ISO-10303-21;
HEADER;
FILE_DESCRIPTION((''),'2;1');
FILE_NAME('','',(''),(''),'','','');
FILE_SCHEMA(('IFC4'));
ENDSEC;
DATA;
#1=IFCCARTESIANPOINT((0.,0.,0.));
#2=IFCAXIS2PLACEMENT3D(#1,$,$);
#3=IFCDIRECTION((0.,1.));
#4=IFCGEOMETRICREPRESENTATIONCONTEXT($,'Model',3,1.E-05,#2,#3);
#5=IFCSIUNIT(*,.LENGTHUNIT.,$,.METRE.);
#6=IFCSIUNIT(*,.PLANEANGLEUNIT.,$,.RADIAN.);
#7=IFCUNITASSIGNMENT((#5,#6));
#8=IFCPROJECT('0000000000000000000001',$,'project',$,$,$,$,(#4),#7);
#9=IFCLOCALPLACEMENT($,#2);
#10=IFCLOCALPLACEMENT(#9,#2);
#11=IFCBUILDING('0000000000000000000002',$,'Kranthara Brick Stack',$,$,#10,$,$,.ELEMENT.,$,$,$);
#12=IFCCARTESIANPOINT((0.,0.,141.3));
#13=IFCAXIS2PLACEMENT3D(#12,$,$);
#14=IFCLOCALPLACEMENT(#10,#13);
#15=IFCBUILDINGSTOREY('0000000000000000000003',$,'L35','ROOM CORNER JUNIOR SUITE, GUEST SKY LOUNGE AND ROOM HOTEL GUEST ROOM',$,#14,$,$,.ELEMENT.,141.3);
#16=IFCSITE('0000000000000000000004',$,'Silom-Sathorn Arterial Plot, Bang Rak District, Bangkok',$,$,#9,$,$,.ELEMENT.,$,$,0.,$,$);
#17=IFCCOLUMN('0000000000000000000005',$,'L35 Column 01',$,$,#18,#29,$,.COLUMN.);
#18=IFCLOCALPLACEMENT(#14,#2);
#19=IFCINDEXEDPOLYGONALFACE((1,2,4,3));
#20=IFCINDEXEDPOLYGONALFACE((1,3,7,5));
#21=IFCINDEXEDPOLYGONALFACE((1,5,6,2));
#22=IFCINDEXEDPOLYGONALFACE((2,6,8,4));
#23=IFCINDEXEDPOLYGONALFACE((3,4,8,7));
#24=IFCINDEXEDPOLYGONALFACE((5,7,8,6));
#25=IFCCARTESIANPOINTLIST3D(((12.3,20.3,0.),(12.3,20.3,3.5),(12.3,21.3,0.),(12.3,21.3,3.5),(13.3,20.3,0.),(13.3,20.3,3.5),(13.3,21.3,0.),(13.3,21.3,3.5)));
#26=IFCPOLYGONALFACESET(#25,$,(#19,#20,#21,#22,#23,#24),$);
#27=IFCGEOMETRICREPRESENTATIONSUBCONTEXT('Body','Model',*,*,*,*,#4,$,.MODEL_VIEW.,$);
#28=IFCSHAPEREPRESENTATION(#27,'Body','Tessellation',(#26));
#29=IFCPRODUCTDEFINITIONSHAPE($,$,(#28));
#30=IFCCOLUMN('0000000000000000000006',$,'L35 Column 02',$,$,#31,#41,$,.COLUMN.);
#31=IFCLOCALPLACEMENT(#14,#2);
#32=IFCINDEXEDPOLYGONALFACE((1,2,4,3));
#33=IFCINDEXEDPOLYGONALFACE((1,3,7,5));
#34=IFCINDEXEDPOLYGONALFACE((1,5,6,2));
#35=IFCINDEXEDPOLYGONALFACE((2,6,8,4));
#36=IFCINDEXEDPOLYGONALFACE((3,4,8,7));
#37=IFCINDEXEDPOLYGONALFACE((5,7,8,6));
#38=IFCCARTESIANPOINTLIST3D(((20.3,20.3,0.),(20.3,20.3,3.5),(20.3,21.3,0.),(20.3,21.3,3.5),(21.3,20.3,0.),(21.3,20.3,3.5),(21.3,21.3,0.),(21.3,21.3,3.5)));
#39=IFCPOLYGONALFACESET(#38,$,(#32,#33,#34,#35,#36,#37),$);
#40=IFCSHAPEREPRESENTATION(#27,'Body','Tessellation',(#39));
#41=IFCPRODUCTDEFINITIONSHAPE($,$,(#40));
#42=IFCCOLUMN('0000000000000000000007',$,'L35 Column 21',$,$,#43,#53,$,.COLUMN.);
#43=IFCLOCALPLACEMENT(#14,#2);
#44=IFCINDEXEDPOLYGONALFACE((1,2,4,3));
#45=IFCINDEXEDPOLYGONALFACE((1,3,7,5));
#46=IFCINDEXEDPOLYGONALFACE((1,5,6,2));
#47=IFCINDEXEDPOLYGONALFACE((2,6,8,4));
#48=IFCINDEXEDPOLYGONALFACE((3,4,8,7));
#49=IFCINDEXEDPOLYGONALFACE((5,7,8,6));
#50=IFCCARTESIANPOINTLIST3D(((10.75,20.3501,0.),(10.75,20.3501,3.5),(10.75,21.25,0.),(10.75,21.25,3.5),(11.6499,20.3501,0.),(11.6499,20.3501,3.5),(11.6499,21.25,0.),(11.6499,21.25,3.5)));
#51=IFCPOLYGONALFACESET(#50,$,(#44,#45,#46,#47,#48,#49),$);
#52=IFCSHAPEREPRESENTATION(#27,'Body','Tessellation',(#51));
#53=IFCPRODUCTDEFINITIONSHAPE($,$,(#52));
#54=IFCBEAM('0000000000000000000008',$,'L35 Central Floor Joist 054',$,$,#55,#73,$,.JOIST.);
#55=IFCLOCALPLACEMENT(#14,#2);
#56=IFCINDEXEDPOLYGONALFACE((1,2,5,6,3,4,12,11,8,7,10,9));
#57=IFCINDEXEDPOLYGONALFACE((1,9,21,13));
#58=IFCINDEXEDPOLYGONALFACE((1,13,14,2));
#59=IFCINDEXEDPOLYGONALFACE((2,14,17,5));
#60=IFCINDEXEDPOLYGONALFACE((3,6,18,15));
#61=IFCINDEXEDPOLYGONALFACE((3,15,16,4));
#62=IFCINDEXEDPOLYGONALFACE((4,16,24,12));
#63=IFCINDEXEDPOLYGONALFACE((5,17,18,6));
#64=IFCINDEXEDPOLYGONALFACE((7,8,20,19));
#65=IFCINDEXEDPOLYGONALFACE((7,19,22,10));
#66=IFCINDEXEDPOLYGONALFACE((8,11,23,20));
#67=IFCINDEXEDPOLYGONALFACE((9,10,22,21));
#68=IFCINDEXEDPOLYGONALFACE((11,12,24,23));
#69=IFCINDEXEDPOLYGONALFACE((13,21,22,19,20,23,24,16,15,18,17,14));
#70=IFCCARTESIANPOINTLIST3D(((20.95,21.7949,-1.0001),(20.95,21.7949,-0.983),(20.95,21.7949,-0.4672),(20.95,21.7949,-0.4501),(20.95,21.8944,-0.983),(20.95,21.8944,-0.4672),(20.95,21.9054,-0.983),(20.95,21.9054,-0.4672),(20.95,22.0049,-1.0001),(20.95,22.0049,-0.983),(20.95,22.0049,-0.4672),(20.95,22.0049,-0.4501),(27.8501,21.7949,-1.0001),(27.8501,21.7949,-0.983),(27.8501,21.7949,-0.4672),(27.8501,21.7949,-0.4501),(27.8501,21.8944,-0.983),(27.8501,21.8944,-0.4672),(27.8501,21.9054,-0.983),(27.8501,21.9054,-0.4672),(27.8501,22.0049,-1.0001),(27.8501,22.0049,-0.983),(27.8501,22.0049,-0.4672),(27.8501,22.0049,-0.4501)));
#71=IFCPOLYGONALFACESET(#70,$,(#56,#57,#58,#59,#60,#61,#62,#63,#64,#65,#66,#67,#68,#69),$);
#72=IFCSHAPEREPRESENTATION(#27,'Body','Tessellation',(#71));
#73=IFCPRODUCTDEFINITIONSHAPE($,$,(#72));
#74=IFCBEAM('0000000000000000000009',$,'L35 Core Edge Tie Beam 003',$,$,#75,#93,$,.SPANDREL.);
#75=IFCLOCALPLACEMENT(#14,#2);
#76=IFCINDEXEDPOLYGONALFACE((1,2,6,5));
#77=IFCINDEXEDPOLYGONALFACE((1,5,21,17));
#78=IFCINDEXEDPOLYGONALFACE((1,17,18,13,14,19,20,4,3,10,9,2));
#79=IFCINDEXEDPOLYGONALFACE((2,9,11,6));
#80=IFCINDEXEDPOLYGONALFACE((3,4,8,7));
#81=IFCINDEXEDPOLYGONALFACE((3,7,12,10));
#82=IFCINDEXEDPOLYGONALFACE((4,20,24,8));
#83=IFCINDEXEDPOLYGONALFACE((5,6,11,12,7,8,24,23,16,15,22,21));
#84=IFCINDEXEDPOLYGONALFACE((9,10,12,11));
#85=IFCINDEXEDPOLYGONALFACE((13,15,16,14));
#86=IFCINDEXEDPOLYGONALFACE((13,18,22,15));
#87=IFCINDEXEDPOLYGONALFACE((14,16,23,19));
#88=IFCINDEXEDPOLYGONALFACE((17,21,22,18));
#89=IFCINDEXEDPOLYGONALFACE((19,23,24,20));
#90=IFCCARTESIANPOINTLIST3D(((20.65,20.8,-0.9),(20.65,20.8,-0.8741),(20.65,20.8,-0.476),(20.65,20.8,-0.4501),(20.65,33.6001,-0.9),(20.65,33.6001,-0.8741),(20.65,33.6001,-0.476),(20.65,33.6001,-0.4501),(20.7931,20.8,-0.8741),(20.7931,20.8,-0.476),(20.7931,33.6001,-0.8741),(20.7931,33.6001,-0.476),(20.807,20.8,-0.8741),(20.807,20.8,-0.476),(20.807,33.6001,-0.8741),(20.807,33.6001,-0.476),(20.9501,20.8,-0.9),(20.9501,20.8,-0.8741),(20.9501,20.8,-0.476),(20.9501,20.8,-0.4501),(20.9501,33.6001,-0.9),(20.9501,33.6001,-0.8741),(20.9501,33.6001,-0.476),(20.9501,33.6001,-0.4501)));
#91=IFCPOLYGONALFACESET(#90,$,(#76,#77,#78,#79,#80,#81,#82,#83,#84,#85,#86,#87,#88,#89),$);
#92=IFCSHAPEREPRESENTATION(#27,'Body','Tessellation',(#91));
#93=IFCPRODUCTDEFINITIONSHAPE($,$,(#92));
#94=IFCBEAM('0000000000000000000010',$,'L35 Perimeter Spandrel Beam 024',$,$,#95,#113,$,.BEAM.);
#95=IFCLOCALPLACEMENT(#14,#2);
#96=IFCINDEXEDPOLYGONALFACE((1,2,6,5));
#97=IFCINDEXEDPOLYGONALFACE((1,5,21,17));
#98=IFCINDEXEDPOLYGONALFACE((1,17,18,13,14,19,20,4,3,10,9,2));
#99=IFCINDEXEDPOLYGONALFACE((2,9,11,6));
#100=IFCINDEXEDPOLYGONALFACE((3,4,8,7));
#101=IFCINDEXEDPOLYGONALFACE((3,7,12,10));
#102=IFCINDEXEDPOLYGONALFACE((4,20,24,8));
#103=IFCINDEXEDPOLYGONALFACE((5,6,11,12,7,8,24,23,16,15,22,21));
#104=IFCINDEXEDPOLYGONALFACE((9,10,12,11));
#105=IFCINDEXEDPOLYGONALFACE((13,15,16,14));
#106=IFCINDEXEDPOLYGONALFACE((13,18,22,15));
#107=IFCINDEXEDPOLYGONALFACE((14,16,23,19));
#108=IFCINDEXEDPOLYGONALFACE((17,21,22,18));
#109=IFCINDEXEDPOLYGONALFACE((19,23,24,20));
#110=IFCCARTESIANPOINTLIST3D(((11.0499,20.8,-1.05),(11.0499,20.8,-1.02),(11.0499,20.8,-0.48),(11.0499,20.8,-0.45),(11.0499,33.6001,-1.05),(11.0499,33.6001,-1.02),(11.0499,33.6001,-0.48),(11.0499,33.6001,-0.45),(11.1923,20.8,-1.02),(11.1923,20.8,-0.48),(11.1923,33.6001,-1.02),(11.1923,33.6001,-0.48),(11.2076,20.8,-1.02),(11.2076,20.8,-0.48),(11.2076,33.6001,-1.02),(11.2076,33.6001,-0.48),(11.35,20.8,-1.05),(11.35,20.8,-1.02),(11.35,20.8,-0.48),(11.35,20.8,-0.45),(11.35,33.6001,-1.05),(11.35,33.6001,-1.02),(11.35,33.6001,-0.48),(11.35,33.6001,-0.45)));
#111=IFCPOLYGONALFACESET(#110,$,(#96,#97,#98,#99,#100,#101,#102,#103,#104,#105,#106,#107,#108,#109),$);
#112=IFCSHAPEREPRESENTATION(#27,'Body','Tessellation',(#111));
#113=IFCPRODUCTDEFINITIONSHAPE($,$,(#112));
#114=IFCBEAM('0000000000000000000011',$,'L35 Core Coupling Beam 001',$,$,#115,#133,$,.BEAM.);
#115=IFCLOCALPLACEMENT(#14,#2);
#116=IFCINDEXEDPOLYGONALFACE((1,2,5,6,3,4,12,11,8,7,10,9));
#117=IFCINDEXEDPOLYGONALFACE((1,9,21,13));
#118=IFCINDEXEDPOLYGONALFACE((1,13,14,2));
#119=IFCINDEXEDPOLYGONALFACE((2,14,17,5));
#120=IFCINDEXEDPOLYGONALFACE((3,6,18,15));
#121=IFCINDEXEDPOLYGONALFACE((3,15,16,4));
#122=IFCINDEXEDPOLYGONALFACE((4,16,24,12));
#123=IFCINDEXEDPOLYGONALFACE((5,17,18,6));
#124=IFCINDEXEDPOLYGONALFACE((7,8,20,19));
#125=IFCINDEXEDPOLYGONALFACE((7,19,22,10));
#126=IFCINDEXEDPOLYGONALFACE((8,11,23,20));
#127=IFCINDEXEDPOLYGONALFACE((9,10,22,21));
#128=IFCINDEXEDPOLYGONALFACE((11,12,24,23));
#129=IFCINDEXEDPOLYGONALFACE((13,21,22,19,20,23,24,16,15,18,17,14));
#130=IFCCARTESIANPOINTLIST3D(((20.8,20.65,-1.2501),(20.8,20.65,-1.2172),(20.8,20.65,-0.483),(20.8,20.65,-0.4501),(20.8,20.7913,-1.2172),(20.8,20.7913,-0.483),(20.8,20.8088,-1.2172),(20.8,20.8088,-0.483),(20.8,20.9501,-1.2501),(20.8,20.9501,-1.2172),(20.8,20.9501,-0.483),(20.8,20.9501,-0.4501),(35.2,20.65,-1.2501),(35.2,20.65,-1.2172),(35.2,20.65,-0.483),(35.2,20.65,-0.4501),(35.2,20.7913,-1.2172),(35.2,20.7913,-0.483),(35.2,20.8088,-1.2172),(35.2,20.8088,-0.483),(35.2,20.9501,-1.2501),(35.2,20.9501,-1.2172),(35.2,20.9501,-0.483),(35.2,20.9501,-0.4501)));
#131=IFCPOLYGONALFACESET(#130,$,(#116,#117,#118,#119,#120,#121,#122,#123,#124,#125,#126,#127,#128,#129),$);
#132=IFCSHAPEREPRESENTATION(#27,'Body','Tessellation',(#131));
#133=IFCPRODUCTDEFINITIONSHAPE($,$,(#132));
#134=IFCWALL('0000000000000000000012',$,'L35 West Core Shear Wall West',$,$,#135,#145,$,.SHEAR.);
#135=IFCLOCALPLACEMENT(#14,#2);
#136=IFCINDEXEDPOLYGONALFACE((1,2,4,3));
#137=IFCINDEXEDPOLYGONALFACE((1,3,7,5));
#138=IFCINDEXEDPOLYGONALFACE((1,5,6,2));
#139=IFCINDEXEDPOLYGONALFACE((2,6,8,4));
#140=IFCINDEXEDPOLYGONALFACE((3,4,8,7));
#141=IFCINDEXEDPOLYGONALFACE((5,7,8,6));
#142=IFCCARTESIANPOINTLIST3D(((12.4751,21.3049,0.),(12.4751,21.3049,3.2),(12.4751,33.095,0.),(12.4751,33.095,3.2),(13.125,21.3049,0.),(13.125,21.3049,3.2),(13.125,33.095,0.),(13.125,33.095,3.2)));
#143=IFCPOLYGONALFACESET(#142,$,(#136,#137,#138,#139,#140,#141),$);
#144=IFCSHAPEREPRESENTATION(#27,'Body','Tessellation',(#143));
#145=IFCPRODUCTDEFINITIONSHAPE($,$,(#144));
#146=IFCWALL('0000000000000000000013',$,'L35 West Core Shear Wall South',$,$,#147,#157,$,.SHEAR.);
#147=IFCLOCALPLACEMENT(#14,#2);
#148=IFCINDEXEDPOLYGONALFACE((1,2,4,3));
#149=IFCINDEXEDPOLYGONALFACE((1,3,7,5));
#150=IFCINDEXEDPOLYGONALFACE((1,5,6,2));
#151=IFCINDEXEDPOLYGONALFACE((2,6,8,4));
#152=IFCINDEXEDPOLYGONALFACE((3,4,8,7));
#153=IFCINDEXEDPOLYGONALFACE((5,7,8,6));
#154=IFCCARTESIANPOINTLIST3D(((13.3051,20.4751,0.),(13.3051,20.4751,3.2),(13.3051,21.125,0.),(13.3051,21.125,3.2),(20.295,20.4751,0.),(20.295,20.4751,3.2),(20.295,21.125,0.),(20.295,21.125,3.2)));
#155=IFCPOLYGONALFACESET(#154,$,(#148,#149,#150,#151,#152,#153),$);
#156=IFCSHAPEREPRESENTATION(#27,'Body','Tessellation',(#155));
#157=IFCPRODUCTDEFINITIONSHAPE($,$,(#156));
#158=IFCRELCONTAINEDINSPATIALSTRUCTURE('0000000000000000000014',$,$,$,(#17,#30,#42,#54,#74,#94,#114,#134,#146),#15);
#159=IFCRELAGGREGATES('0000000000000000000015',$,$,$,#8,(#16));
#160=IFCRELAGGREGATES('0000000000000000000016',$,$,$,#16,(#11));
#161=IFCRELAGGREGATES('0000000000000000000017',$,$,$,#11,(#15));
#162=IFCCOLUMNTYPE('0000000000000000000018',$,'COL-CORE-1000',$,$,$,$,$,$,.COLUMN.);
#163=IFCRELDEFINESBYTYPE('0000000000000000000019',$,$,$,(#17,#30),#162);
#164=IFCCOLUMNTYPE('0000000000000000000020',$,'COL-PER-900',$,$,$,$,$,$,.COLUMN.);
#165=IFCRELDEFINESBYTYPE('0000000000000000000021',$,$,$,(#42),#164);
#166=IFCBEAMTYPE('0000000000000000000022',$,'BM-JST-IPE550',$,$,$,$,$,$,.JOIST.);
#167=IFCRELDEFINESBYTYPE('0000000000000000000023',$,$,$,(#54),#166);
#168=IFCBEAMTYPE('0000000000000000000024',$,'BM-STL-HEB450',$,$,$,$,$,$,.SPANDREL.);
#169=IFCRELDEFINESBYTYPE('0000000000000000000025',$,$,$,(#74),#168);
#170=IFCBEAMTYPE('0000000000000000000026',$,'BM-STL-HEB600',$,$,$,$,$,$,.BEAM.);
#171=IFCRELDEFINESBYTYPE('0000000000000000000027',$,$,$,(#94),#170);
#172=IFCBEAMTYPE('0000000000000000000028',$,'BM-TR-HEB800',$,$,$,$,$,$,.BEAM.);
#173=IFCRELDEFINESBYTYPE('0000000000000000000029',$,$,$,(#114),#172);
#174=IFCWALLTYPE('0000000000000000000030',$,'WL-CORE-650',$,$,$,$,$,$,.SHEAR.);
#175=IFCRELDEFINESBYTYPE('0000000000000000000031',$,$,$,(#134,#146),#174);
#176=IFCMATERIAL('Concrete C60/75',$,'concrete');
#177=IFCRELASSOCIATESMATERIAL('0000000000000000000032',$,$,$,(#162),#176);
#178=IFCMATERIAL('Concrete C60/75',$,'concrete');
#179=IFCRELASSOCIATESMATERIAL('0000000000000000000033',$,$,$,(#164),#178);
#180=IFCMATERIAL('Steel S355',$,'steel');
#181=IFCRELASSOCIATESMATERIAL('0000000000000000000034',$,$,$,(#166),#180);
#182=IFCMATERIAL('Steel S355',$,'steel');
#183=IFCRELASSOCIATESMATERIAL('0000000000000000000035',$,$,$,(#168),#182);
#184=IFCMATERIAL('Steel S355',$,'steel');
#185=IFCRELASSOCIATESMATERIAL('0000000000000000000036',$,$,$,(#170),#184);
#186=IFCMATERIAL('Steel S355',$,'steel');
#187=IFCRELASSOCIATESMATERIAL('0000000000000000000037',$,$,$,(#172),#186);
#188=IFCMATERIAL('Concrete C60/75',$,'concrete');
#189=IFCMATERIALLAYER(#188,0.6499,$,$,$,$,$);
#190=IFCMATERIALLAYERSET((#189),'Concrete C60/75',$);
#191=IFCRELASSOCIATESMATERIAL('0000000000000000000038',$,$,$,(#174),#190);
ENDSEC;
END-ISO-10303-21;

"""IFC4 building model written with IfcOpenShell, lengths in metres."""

from ifc_helpers import new_model, si_unit, direction, frame, frame_2d, origin, origin_2d, place, context, subcontext, project, spatial, rectangle, i_section, extrude, material, layer, layer_set, material_profile, profile_set, type_object, element, save


model = new_model("IFC4")

# Units and contexts
model_context = context("Model", 3, precision=1e-05, world=origin(), true_north=direction((0.0, 1.0)))
body_context = subcontext(model_context, "Body", "Model", "MODEL_VIEW")
ifc_project = project(units=[si_unit("LENGTHUNIT", "METRE"), si_unit("PLANEANGLEUNIT", "RADIAN")], contexts=[model_context])

# Site, building, storey
site_placement = place(None, origin())
site = spatial("IfcSite", under=ifc_project, at=site_placement, Name="Silom-Sathorn Arterial Plot, Bang Rak District, Bangkok", CompositionType="ELEMENT", RefElevation=0.0)
building_placement = place(site_placement, origin())
building = spatial("IfcBuilding", under=site, at=building_placement, Name="Kranthara Brick Stack", CompositionType="ELEMENT")
storey_placement = place(building_placement, frame((0.0, 0.0, 141.3)))
storey = spatial("IfcBuildingStorey", under=building, at=storey_placement, Name="L35", Description="ROOM CORNER JUNIOR SUITE, GUEST SKY LOUNGE AND ROOM HOTEL GUEST ROOM", CompositionType="ELEMENT", Elevation=141.3)

# Columns
ifc_material_1 = material(Name="Concrete C60/75", Category="concrete")
ifc_material_profile_1 = material_profile(ifc_material_1, rectangle(XDim=1.0, YDim=1.0, at=origin_2d()), Name="RC 1000x1000")
ifc_profile_set_1 = profile_set([ifc_material_profile_1], Name="Concrete C60/75")
column_type_1 = type_object("IfcColumnType", Name="COL-CORE-1000", PredefinedType="COLUMN", material=ifc_profile_set_1)
for number, where, z_axis, x_axis, name in (
    (1, (12.8, 20.8, 0.0), (0.0, 0.0, 1.0), (1.0, 0.0, 0.0), "L35 Column 01"),
    (2, (20.8, 20.8, 0.0), (0.0, 0.0, 1.0), (1.0, 0.0, 0.0), "L35 Column 02"),
):
    element("IfcColumn", number, at=place(storey_placement, frame(where, z_axis=z_axis, x_axis=x_axis)), inside=storey, type_object=column_type_1, Name=name, PredefinedType="COLUMN", context=body_context, shape_type="SweptSolid", body=[
        extrude(rectangle(XDim=1.0, YDim=1.0, at=origin_2d()), origin(), (0.0, 0.0, 1.0), 3.5),
    ])
ifc_material_2 = material(Name="Concrete C60/75", Category="concrete")
ifc_material_profile_2 = material_profile(ifc_material_2, rectangle(XDim=0.8999, YDim=0.8999, at=origin_2d()), Name="RC 900x900")
ifc_profile_set_2 = profile_set([ifc_material_profile_2], Name="Concrete C60/75")
column_type_2 = type_object("IfcColumnType", Name="COL-PER-900", PredefinedType="COLUMN", material=ifc_profile_set_2)
column_placement = place(storey_placement, frame((11.2, 20.8, 0.0), z_axis=(0.0, 0.0, 1.0), x_axis=(1.0, 0.0, 0.0)))
element("IfcColumn", 3, at=column_placement, inside=storey, type_object=column_type_2, Name="L35 Column 21", PredefinedType="COLUMN", context=body_context, shape_type="SweptSolid", body=[
    extrude(rectangle(XDim=0.8999, YDim=0.8999, at=origin_2d()), origin(), (0.0, 0.0, 1.0), 3.5),
])

# Beams
ifc_material_3 = material(Name="Steel S355", Category="steel")
ifc_material_profile_3 = material_profile(ifc_material_3, i_section(OverallWidth=0.21, OverallDepth=0.55, WebThickness=0.011, FlangeThickness=0.0171, at=origin_2d()), Name="IPE 550")
ifc_profile_set_3 = profile_set([ifc_material_profile_3], Name="Steel S355")
beam_type_1 = type_object("IfcBeamType", Name="BM-JST-IPE550", PredefinedType="JOIST", material=ifc_profile_set_3)
beam_1_placement = place(storey_placement, frame((20.95, 21.8999, -0.7251), z_axis=(1.0, 0.0, 0.0), x_axis=(0.0, 1.0, 0.0)))
element("IfcBeam", 4, at=beam_1_placement, inside=storey, type_object=beam_type_1, Name="L35 Central Floor Joist 054", PredefinedType="JOIST", context=body_context, shape_type="SweptSolid", body=[
    extrude(i_section(OverallWidth=0.21, OverallDepth=0.55, WebThickness=0.011, FlangeThickness=0.0171, at=origin_2d()), origin(), (0.0, 0.0, 1.0), 6.9001),
])
ifc_material_4 = material(Name="Steel S355", Category="steel")
ifc_material_profile_4 = material_profile(ifc_material_4, i_section(OverallWidth=0.3, OverallDepth=0.45, WebThickness=0.0139, FlangeThickness=0.0259, at=origin_2d()), Name="HEB 450")
ifc_profile_set_4 = profile_set([ifc_material_profile_4], Name="Steel S355")
beam_type_2 = type_object("IfcBeamType", Name="BM-STL-HEB450", PredefinedType="SPANDREL", material=ifc_profile_set_4)
beam_2_placement = place(storey_placement, frame((20.8, 20.8, -0.675), z_axis=(0.0, 1.0, 0.0), x_axis=(-1.0, 0.0, 0.0)))
element("IfcBeam", 5, at=beam_2_placement, inside=storey, type_object=beam_type_2, Name="L35 Core Edge Tie Beam 003", PredefinedType="SPANDREL", context=body_context, shape_type="SweptSolid", body=[
    extrude(i_section(OverallWidth=0.3, OverallDepth=0.45, WebThickness=0.0139, FlangeThickness=0.0259, at=origin_2d()), origin(), (0.0, 0.0, 1.0), 12.8),
])
ifc_material_5 = material(Name="Steel S355", Category="steel")
ifc_material_profile_5 = material_profile(ifc_material_5, i_section(OverallWidth=0.3, OverallDepth=0.6001, WebThickness=0.0154, FlangeThickness=0.03, at=origin_2d()), Name="HEB 600")
ifc_profile_set_5 = profile_set([ifc_material_profile_5], Name="Steel S355")
beam_type_3 = type_object("IfcBeamType", Name="BM-STL-HEB600", PredefinedType="BEAM", material=ifc_profile_set_5)
beam_3_placement = place(storey_placement, frame((11.2, 20.8, -0.75), z_axis=(0.0, 1.0, 0.0), x_axis=(-1.0, 0.0, 0.0)))
element("IfcBeam", 6, at=beam_3_placement, inside=storey, type_object=beam_type_3, Name="L35 Perimeter Spandrel Beam 024", PredefinedType="BEAM", context=body_context, shape_type="SweptSolid", body=[
    extrude(i_section(OverallWidth=0.3, OverallDepth=0.6001, WebThickness=0.0154, FlangeThickness=0.03, at=origin_2d()), origin(), (0.0, 0.0, 1.0), 12.8),
])
ifc_material_6 = material(Name="Steel S355", Category="steel")
ifc_material_profile_6 = material_profile(ifc_material_6, i_section(OverallWidth=0.3, OverallDepth=0.8, WebThickness=0.0176, FlangeThickness=0.033, at=origin_2d()), Name="HEB 800")
ifc_profile_set_6 = profile_set([ifc_material_profile_6], Name="Steel S355")
beam_type_4 = type_object("IfcBeamType", Name="BM-TR-HEB800", PredefinedType="BEAM", material=ifc_profile_set_6)
beam_4_placement = place(storey_placement, frame((20.8, 20.8, -0.8501), z_axis=(1.0, 0.0, 0.0), x_axis=(0.0, 1.0, 0.0)))
element("IfcBeam", 7, at=beam_4_placement, inside=storey, type_object=beam_type_4, Name="L35 Core Coupling Beam 001", PredefinedType="BEAM", context=body_context, shape_type="SweptSolid", body=[
    extrude(i_section(OverallWidth=0.3, OverallDepth=0.8, WebThickness=0.0176, FlangeThickness=0.033, at=origin_2d()), origin(), (0.0, 0.0, 1.0), 14.3999),
])

# Walls
ifc_material_7 = material(Name="Concrete C60/75", Category="concrete")
ifc_layer_1 = layer(ifc_material_7, 0.6499)
ifc_layer_set_1 = layer_set([ifc_layer_1], Name="Concrete C60/75")
wall_type_1 = type_object("IfcWallType", Name="WL-CORE-650", PredefinedType="SHEAR", material=ifc_layer_set_1)
wall_1_placement = place(storey_placement, frame((12.8, 21.3049, 0.0), z_axis=(0.0, 0.0, 1.0), x_axis=(0.0, 1.0, 0.0)))
element("IfcWall", 8, at=wall_1_placement, inside=storey, type_object=wall_type_1, Name="L35 West Core Shear Wall West", PredefinedType="SHEAR", context=body_context, shape_type="SweptSolid", body=[
    extrude(rectangle(XDim=11.79, YDim=0.6499, at=frame_2d((5.895, 0.0))), origin(), (0.0, 0.0, 1.0), 3.2),
])
wall_2_placement = place(storey_placement, frame((13.3049, 20.8, 0.0), z_axis=(0.0, 0.0, 1.0), x_axis=(1.0, 0.0, 0.0)))
element("IfcWall", 9, at=wall_2_placement, inside=storey, type_object=wall_type_1, Name="L35 West Core Shear Wall South", PredefinedType="SHEAR", context=body_context, shape_type="SweptSolid", body=[
    extrude(rectangle(XDim=6.99, YDim=0.6499, at=frame_2d((3.4951, 0.0))), origin(), (0.0, 0.0, 1.0), 3.2),
])

save(model, "model.ifc")
